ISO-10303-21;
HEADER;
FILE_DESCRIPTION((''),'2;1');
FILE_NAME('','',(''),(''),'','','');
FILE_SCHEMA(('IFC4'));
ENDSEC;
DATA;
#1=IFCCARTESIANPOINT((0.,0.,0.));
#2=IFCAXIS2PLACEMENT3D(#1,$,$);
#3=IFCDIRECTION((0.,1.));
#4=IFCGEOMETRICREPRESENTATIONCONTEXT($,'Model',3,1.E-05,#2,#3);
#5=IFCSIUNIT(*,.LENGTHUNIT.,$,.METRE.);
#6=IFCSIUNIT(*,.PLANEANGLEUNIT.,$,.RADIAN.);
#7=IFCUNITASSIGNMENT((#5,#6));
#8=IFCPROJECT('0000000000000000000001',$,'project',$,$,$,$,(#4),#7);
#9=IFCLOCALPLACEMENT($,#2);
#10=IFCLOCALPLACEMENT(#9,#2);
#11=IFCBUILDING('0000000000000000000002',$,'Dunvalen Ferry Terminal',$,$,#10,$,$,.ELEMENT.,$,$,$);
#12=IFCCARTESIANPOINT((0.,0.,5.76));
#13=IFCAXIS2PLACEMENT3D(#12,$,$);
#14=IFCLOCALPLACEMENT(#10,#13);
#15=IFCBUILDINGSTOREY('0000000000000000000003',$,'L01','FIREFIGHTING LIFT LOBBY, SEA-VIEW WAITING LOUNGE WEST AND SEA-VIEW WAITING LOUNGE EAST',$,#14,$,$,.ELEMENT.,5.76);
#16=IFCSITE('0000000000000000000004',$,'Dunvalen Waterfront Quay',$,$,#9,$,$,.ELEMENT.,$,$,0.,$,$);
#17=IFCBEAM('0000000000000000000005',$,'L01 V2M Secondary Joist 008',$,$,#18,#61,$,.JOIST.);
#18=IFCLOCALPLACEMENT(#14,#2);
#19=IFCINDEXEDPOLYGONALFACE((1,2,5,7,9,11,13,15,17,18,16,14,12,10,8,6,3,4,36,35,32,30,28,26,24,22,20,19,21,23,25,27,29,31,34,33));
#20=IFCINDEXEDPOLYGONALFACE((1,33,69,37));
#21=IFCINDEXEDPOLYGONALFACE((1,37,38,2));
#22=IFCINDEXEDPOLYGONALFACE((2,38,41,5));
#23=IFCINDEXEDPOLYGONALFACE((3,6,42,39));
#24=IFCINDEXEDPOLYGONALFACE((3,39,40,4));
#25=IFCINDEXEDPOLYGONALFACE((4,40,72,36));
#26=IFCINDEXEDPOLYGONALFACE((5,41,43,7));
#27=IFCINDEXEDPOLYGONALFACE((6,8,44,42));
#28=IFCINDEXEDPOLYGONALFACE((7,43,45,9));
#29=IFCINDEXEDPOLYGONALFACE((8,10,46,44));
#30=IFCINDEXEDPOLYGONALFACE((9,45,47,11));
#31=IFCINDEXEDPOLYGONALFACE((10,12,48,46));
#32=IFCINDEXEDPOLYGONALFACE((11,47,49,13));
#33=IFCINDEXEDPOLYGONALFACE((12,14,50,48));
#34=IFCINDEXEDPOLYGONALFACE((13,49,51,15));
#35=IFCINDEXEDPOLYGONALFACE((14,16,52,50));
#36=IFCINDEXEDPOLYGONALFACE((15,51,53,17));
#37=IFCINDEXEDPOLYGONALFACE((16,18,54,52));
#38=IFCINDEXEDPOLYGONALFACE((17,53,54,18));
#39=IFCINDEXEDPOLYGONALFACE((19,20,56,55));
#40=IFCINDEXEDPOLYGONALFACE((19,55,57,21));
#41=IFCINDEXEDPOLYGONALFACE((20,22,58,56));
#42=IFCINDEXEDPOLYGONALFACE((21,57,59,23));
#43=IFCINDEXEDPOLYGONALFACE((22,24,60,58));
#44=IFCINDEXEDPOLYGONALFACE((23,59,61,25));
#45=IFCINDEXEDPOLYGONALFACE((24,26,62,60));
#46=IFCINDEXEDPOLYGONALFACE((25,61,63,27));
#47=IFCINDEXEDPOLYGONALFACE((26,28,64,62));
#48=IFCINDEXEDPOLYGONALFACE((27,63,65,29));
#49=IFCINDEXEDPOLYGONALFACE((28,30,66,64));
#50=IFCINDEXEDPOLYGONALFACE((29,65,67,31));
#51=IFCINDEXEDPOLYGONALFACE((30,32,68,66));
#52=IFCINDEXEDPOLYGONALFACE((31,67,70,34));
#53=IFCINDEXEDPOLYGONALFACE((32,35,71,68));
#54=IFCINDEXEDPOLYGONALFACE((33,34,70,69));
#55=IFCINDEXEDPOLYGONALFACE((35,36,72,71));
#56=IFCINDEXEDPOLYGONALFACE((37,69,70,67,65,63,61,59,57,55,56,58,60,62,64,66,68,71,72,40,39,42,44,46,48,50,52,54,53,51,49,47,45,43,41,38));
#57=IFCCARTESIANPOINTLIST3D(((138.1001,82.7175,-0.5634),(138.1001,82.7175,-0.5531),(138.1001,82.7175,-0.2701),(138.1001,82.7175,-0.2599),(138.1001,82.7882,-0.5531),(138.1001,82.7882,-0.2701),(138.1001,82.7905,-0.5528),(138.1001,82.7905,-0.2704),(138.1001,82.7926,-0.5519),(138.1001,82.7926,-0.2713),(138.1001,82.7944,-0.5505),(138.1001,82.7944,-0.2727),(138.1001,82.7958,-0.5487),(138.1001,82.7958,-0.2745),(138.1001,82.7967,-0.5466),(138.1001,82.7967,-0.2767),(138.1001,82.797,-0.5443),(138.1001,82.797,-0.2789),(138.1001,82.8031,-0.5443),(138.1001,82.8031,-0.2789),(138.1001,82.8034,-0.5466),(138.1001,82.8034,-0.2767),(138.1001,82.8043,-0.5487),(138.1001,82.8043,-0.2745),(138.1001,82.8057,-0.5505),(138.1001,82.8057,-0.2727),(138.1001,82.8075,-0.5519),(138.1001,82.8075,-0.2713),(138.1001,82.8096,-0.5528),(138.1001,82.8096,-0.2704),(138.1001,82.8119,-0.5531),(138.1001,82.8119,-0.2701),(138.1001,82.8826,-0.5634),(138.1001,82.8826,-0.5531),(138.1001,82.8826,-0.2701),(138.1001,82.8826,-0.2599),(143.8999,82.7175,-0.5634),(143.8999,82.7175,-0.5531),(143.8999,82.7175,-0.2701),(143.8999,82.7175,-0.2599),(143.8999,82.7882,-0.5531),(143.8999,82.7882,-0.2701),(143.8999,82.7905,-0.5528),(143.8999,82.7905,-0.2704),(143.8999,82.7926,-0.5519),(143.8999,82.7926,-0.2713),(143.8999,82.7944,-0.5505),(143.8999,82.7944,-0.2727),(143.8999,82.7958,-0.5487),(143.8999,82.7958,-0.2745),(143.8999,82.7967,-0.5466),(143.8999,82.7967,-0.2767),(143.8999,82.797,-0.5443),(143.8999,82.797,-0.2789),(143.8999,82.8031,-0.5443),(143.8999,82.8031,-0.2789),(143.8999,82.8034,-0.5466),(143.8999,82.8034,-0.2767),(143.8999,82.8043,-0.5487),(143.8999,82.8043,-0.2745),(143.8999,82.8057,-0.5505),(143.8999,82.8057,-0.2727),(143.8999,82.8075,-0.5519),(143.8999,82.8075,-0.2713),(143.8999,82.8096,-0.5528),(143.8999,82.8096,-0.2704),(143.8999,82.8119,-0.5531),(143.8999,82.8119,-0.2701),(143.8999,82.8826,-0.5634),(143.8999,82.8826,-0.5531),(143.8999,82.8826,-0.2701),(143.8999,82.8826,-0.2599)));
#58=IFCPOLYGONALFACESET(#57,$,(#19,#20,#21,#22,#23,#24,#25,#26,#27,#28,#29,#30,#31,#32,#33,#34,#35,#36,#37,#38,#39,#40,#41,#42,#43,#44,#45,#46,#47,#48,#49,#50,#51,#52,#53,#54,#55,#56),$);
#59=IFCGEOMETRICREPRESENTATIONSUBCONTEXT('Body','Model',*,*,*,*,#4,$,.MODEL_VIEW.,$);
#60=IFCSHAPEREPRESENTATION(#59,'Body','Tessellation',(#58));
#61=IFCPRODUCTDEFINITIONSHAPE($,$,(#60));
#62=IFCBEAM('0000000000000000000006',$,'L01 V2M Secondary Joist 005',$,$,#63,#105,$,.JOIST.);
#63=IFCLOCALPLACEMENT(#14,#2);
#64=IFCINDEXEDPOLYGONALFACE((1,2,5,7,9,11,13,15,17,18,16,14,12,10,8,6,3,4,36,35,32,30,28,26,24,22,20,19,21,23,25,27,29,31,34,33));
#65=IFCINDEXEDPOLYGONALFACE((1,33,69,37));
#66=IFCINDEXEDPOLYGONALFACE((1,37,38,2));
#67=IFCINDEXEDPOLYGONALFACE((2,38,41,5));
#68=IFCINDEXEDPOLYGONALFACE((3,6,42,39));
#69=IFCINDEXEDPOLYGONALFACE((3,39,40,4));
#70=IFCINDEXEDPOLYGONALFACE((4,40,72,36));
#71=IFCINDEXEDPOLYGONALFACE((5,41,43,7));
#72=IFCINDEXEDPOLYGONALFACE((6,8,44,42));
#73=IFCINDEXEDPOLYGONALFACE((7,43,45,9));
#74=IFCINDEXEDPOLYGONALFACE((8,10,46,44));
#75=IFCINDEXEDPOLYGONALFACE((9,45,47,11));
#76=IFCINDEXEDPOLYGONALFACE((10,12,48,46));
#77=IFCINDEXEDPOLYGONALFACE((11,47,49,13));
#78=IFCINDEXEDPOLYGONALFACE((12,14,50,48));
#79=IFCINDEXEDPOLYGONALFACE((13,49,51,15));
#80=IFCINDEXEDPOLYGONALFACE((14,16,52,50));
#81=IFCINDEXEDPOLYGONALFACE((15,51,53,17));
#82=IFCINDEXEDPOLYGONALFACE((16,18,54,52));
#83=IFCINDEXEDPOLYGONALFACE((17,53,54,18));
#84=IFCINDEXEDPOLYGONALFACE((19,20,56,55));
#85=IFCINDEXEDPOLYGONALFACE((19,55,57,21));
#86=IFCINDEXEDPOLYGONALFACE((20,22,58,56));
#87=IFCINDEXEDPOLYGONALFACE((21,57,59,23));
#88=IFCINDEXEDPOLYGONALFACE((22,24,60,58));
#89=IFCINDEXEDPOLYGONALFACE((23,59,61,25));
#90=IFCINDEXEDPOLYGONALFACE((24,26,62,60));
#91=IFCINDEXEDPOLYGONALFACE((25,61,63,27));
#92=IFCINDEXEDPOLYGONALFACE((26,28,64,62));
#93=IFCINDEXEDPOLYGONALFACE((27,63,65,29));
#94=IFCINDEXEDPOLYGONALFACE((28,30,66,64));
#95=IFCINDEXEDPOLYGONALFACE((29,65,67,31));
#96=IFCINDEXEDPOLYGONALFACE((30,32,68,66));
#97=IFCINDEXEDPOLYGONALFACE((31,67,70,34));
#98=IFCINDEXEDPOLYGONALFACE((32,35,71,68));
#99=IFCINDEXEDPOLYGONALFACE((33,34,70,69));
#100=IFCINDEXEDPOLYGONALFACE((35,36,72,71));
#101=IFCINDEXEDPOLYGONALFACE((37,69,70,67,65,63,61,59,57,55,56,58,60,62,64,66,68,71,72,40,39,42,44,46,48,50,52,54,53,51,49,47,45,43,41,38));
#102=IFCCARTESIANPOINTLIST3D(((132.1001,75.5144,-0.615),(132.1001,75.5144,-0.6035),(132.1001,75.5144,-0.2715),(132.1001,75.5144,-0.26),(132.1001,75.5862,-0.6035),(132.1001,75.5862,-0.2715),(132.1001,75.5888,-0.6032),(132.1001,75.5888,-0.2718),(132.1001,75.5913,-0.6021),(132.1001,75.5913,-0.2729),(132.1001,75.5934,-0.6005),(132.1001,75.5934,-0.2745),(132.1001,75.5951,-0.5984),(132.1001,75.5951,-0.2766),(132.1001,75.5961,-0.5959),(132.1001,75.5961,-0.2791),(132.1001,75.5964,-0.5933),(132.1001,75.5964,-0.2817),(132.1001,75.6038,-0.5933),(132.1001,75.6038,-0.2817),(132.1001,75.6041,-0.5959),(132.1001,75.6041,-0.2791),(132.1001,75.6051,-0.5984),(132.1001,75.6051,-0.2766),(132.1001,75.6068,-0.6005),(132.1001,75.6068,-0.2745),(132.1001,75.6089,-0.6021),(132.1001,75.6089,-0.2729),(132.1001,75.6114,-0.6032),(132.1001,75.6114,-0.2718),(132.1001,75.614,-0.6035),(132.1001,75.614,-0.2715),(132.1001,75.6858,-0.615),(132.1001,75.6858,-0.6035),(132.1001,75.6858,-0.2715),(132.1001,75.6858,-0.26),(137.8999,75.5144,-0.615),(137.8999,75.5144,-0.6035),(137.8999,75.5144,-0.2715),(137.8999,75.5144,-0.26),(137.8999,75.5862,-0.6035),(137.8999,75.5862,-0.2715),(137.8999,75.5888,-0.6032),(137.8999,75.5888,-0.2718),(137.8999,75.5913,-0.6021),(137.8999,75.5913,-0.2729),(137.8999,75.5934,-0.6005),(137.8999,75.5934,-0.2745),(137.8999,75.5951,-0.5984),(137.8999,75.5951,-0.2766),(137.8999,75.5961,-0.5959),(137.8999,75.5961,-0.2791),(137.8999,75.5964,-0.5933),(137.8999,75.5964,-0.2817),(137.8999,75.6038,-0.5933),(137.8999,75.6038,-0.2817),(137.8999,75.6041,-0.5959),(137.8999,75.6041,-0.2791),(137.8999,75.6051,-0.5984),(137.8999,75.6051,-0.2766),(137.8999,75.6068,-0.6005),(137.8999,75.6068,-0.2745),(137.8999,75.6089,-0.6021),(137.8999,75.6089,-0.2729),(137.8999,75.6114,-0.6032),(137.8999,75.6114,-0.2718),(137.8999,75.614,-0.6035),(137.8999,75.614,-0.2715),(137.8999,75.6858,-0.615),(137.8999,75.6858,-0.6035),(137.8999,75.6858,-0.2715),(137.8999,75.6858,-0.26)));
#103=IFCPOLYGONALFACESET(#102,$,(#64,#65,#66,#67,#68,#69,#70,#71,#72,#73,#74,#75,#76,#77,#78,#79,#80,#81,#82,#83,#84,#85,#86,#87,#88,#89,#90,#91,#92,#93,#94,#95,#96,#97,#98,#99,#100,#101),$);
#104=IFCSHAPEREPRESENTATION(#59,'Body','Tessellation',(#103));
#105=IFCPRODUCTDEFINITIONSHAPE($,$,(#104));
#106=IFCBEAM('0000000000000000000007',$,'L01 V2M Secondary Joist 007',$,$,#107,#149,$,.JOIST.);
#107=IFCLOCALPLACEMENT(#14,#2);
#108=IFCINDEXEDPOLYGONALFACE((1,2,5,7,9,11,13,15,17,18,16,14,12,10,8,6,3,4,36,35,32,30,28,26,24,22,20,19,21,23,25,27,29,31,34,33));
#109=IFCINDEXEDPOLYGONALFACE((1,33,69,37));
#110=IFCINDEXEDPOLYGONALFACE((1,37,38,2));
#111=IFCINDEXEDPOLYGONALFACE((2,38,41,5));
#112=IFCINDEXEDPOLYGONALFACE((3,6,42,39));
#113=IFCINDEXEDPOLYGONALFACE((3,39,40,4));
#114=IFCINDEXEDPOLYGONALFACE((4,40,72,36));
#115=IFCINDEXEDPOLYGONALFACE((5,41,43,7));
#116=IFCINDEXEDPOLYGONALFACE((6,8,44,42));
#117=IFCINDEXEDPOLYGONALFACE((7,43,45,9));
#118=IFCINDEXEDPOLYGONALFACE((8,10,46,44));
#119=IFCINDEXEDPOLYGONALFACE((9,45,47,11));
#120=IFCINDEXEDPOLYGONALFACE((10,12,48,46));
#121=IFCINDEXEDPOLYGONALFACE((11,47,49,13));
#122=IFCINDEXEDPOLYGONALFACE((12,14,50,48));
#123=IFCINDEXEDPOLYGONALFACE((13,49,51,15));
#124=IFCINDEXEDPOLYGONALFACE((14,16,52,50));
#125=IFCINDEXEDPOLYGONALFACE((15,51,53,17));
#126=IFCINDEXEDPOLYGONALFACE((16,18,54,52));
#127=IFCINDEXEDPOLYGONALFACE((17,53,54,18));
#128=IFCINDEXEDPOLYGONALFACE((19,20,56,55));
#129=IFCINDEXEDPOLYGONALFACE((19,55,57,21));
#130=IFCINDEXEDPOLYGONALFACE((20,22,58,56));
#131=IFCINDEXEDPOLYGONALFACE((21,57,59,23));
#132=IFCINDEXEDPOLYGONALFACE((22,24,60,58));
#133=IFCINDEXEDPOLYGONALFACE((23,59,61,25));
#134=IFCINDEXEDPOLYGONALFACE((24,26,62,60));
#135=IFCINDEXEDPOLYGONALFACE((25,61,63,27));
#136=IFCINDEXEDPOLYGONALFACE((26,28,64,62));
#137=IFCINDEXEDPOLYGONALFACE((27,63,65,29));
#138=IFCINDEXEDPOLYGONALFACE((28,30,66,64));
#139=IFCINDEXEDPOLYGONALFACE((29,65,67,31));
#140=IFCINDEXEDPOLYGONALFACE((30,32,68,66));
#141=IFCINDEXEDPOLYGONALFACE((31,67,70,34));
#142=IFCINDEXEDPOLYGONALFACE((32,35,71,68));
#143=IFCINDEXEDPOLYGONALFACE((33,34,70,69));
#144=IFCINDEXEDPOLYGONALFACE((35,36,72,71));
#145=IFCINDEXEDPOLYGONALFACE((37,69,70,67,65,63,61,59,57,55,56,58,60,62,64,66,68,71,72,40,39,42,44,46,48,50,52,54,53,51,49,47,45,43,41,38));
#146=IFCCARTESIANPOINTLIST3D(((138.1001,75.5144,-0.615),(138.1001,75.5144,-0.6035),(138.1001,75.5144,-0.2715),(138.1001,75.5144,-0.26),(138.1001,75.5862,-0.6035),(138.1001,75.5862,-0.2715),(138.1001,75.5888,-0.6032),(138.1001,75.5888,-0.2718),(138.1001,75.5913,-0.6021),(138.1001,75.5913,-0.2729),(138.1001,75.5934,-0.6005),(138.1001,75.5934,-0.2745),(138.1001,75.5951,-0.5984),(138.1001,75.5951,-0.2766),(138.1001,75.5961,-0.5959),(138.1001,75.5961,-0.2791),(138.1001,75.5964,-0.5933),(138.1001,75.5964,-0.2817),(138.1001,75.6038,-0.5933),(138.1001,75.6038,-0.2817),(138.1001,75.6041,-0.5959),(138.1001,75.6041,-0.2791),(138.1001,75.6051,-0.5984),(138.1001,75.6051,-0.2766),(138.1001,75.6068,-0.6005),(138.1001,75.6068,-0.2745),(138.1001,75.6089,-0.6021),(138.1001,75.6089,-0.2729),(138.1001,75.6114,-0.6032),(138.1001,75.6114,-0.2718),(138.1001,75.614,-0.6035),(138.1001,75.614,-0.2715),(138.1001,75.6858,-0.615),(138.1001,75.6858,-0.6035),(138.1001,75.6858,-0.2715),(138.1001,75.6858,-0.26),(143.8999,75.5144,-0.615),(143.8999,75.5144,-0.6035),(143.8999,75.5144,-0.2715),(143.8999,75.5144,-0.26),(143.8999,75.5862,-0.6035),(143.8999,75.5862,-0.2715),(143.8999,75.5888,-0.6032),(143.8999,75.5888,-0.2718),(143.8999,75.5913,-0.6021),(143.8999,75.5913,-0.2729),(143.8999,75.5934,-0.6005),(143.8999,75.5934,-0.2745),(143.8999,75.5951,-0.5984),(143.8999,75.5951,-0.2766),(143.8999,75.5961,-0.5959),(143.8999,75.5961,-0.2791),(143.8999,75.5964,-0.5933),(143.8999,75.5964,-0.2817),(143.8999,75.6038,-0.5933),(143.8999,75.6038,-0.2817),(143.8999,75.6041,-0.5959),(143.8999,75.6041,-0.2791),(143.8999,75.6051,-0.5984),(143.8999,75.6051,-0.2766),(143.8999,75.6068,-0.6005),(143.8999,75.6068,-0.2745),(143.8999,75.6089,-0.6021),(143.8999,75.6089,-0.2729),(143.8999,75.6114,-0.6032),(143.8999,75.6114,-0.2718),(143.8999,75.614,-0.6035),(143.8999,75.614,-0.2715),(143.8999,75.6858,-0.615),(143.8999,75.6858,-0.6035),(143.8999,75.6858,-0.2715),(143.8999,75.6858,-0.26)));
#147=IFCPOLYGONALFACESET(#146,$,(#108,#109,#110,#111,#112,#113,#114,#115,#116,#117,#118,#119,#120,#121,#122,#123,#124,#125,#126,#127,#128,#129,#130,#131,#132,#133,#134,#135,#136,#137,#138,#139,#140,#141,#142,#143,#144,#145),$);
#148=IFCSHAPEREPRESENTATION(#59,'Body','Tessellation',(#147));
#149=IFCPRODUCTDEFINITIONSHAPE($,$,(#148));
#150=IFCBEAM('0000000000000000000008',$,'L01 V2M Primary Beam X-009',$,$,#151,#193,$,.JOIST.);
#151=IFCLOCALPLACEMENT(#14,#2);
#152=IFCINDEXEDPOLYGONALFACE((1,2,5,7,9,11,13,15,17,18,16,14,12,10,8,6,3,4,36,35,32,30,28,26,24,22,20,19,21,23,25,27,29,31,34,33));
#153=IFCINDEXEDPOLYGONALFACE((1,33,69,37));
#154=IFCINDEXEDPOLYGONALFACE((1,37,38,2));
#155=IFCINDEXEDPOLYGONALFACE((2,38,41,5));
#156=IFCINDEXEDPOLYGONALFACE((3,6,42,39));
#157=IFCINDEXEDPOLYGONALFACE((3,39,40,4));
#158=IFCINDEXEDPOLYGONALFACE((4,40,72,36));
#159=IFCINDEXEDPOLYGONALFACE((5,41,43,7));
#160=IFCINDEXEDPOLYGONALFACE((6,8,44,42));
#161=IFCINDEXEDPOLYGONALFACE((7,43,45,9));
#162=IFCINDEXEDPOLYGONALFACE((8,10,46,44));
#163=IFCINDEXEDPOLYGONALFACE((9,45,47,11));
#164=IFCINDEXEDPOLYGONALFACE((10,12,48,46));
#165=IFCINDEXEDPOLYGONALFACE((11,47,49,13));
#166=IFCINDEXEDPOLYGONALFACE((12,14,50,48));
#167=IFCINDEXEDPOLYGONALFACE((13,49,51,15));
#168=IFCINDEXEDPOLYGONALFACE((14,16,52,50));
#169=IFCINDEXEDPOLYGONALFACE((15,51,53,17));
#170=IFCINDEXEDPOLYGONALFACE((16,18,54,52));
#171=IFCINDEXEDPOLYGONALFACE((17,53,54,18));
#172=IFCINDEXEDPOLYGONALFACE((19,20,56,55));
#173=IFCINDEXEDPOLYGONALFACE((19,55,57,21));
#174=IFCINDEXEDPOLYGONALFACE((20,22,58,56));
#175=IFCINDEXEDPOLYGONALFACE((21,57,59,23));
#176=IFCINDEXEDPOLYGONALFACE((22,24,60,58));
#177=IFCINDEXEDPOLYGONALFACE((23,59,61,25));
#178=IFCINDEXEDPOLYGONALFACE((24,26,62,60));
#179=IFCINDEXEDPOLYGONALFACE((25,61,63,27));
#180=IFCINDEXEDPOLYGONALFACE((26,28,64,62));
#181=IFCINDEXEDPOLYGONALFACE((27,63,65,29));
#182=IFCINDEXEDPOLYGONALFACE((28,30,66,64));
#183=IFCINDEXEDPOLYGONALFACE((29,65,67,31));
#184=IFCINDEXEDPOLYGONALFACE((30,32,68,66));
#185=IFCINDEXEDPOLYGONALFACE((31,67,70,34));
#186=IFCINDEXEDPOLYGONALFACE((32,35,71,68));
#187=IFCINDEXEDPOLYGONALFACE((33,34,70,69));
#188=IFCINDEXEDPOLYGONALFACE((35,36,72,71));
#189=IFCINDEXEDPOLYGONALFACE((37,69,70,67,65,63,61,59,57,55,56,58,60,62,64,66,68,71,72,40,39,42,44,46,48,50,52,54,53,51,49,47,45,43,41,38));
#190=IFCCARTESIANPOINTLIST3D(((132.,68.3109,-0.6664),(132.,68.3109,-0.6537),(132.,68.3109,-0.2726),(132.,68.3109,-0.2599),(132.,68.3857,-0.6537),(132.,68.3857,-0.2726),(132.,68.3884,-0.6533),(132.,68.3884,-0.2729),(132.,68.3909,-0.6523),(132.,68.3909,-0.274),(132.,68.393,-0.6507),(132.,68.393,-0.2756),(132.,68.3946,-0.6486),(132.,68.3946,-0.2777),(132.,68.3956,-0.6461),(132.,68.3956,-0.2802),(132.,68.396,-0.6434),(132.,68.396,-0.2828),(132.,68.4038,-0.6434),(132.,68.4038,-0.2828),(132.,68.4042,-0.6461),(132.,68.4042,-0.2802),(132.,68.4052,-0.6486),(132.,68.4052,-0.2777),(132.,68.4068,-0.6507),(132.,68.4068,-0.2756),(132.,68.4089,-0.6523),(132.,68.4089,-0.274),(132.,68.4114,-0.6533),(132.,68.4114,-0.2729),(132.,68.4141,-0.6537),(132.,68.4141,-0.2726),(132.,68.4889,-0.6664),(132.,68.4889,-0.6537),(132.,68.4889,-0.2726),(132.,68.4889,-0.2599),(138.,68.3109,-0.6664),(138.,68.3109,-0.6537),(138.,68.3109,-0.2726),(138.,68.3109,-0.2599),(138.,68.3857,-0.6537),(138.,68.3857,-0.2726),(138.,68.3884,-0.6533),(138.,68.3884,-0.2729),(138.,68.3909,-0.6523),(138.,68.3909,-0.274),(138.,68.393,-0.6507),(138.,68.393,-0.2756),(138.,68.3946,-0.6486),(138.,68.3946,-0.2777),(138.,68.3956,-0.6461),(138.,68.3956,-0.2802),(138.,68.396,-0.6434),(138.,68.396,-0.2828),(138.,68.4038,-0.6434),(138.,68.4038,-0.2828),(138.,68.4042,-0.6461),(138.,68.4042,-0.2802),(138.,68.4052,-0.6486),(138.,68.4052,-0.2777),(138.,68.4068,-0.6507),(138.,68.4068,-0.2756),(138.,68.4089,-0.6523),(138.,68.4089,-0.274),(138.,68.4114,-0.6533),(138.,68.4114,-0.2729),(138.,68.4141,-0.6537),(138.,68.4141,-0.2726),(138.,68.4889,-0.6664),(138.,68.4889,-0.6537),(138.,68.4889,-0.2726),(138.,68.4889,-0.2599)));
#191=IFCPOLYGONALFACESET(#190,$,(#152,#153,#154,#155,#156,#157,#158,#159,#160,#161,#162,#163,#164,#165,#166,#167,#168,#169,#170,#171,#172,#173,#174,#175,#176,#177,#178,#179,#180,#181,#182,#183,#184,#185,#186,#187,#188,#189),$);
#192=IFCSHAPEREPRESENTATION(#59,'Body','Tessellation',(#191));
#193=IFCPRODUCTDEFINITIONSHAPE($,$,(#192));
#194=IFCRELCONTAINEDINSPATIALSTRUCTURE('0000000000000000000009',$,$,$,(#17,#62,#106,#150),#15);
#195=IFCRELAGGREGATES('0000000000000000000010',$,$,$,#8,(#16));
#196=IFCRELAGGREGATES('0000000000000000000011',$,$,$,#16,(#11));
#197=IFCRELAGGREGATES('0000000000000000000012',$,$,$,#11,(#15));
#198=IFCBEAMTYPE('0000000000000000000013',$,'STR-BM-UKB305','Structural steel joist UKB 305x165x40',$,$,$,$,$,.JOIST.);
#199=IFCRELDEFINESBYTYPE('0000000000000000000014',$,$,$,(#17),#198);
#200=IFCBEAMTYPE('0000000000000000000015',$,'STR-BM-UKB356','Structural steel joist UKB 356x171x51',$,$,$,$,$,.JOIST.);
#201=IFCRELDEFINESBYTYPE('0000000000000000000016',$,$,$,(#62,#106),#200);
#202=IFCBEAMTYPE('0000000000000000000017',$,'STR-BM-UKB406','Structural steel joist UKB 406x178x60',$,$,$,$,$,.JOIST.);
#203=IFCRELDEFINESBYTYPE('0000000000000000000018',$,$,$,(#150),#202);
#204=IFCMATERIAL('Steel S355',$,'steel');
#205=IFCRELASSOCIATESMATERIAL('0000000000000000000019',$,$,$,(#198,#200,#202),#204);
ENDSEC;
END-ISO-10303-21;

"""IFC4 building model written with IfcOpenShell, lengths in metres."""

from ifc_helpers import new_model, si_unit, direction, frame, origin, origin_2d, place, context, subcontext, project, spatial, i_section, extrude, material, material_profile, profile_set, type_object, element, save


model = new_model("IFC4")

# Units and contexts
model_context = context("Model", 3, precision=1e-05, world=origin(), true_north=direction((0.0, 1.0)))
body_context = subcontext(model_context, "Body", "Model", "MODEL_VIEW")
ifc_project = project(units=[si_unit("LENGTHUNIT", "METRE"), si_unit("PLANEANGLEUNIT", "RADIAN")], contexts=[model_context])

# Site, building, storey
site_placement = place(None, origin())
site = spatial("IfcSite", under=ifc_project, at=site_placement, Name="Dunvalen Waterfront Quay", CompositionType="ELEMENT", RefElevation=0.0)
building_placement = place(site_placement, origin())
building = spatial("IfcBuilding", under=site, at=building_placement, Name="Dunvalen Ferry Terminal", CompositionType="ELEMENT")
storey_placement = place(building_placement, frame((0.0, 0.0, 5.76)))
storey = spatial("IfcBuildingStorey", under=building, at=storey_placement, Name="L01", Description="FIREFIGHTING LIFT LOBBY, SEA-VIEW WAITING LOUNGE WEST AND SEA-VIEW WAITING LOUNGE EAST", CompositionType="ELEMENT", Elevation=5.76)

# Beams
ifc_material_1 = material(Name="Steel S355", Category="steel")
ifc_material_profile_1 = material_profile(ifc_material_1, i_section(OverallWidth=0.165, OverallDepth=0.3035, WebThickness=0.0061, FlangeThickness=0.0103, FilletRadius=0.0088, at=origin_2d()), Name="Steel S355")
ifc_profile_set_1 = profile_set([ifc_material_profile_1], Name="Steel S355")
beam_type_1 = type_object("IfcBeamType", Name="STR-BM-UKB305", Description="Structural steel joist UKB 305x165x40", PredefinedType="JOIST", material=ifc_profile_set_1)
for number, where, z_axis, x_axis, name in (
    (1, (138.1001, 82.8, -0.4116), (1.0, 0.0, 0.0), (0.0, 1.0, 0.0), "L01 V2M Secondary Joist 008"),
):
    element("IfcBeam", number, at=place(storey_placement, frame(where, z_axis=z_axis, x_axis=x_axis)), inside=storey, type_object=beam_type_1, Name=name, PredefinedType="JOIST", context=body_context, shape_type="SweptSolid", body=[
        extrude(i_section(OverallWidth=0.165, OverallDepth=0.3035, WebThickness=0.0061, FlangeThickness=0.0103, FilletRadius=0.0088, at=origin_2d()), origin(), (0.0, 0.0, 1.0), 5.7998),
    ])
ifc_material_profile_2 = material_profile(ifc_material_1, i_section(OverallWidth=0.1714, OverallDepth=0.355, WebThickness=0.0073, FlangeThickness=0.0115, FilletRadius=0.0103, at=origin_2d()), Name="Steel S355")
ifc_profile_set_2 = profile_set([ifc_material_profile_2], Name="Steel S355")
beam_type_2 = type_object("IfcBeamType", Name="STR-BM-UKB356", Description="Structural steel joist UKB 356x171x51", PredefinedType="JOIST", material=ifc_profile_set_2)
for number, where, z_axis, x_axis, name in (
    (2, (132.1001, 75.6001, -0.4375), (1.0, 0.0, 0.0), (0.0, 1.0, 0.0), "L01 V2M Secondary Joist 005"),
    (3, (138.1001, 75.6001, -0.4375), (1.0, 0.0, 0.0), (0.0, 1.0, 0.0), "L01 V2M Secondary Joist 007"),
):
    element("IfcBeam", number, at=place(storey_placement, frame(where, z_axis=z_axis, x_axis=x_axis)), inside=storey, type_object=beam_type_2, Name=name, PredefinedType="JOIST", context=body_context, shape_type="SweptSolid", body=[
        extrude(i_section(OverallWidth=0.1714, OverallDepth=0.355, WebThickness=0.0073, FlangeThickness=0.0115, FilletRadius=0.0103, at=origin_2d()), origin(), (0.0, 0.0, 1.0), 5.7998),
    ])
ifc_material_profile_3 = material_profile(ifc_material_1, i_section(OverallWidth=0.178, OverallDepth=0.4065, WebThickness=0.0078, FlangeThickness=0.0127, FilletRadius=0.0103, at=origin_2d()), Name="Steel S355")
ifc_profile_set_3 = profile_set([ifc_material_profile_3], Name="Steel S355")
beam_type_3 = type_object("IfcBeamType", Name="STR-BM-UKB406", Description="Structural steel joist UKB 406x178x60", PredefinedType="JOIST", material=ifc_profile_set_3)
for number, where, z_axis, x_axis, name in (
    (4, (132.0, 68.3999, -0.4631), (1.0, 0.0, 0.0), (0.0, 1.0, 0.0), "L01 V2M Primary Beam X-009"),
):
    element("IfcBeam", number, at=place(storey_placement, frame(where, z_axis=z_axis, x_axis=x_axis)), inside=storey, type_object=beam_type_3, Name=name, PredefinedType="JOIST", context=body_context, shape_type="SweptSolid", body=[
        extrude(i_section(OverallWidth=0.178, OverallDepth=0.4065, WebThickness=0.0078, FlangeThickness=0.0127, FilletRadius=0.0103, at=origin_2d()), origin(), (0.0, 0.0, 1.0), 6.0),
    ])

save(model, "model.ifc")
